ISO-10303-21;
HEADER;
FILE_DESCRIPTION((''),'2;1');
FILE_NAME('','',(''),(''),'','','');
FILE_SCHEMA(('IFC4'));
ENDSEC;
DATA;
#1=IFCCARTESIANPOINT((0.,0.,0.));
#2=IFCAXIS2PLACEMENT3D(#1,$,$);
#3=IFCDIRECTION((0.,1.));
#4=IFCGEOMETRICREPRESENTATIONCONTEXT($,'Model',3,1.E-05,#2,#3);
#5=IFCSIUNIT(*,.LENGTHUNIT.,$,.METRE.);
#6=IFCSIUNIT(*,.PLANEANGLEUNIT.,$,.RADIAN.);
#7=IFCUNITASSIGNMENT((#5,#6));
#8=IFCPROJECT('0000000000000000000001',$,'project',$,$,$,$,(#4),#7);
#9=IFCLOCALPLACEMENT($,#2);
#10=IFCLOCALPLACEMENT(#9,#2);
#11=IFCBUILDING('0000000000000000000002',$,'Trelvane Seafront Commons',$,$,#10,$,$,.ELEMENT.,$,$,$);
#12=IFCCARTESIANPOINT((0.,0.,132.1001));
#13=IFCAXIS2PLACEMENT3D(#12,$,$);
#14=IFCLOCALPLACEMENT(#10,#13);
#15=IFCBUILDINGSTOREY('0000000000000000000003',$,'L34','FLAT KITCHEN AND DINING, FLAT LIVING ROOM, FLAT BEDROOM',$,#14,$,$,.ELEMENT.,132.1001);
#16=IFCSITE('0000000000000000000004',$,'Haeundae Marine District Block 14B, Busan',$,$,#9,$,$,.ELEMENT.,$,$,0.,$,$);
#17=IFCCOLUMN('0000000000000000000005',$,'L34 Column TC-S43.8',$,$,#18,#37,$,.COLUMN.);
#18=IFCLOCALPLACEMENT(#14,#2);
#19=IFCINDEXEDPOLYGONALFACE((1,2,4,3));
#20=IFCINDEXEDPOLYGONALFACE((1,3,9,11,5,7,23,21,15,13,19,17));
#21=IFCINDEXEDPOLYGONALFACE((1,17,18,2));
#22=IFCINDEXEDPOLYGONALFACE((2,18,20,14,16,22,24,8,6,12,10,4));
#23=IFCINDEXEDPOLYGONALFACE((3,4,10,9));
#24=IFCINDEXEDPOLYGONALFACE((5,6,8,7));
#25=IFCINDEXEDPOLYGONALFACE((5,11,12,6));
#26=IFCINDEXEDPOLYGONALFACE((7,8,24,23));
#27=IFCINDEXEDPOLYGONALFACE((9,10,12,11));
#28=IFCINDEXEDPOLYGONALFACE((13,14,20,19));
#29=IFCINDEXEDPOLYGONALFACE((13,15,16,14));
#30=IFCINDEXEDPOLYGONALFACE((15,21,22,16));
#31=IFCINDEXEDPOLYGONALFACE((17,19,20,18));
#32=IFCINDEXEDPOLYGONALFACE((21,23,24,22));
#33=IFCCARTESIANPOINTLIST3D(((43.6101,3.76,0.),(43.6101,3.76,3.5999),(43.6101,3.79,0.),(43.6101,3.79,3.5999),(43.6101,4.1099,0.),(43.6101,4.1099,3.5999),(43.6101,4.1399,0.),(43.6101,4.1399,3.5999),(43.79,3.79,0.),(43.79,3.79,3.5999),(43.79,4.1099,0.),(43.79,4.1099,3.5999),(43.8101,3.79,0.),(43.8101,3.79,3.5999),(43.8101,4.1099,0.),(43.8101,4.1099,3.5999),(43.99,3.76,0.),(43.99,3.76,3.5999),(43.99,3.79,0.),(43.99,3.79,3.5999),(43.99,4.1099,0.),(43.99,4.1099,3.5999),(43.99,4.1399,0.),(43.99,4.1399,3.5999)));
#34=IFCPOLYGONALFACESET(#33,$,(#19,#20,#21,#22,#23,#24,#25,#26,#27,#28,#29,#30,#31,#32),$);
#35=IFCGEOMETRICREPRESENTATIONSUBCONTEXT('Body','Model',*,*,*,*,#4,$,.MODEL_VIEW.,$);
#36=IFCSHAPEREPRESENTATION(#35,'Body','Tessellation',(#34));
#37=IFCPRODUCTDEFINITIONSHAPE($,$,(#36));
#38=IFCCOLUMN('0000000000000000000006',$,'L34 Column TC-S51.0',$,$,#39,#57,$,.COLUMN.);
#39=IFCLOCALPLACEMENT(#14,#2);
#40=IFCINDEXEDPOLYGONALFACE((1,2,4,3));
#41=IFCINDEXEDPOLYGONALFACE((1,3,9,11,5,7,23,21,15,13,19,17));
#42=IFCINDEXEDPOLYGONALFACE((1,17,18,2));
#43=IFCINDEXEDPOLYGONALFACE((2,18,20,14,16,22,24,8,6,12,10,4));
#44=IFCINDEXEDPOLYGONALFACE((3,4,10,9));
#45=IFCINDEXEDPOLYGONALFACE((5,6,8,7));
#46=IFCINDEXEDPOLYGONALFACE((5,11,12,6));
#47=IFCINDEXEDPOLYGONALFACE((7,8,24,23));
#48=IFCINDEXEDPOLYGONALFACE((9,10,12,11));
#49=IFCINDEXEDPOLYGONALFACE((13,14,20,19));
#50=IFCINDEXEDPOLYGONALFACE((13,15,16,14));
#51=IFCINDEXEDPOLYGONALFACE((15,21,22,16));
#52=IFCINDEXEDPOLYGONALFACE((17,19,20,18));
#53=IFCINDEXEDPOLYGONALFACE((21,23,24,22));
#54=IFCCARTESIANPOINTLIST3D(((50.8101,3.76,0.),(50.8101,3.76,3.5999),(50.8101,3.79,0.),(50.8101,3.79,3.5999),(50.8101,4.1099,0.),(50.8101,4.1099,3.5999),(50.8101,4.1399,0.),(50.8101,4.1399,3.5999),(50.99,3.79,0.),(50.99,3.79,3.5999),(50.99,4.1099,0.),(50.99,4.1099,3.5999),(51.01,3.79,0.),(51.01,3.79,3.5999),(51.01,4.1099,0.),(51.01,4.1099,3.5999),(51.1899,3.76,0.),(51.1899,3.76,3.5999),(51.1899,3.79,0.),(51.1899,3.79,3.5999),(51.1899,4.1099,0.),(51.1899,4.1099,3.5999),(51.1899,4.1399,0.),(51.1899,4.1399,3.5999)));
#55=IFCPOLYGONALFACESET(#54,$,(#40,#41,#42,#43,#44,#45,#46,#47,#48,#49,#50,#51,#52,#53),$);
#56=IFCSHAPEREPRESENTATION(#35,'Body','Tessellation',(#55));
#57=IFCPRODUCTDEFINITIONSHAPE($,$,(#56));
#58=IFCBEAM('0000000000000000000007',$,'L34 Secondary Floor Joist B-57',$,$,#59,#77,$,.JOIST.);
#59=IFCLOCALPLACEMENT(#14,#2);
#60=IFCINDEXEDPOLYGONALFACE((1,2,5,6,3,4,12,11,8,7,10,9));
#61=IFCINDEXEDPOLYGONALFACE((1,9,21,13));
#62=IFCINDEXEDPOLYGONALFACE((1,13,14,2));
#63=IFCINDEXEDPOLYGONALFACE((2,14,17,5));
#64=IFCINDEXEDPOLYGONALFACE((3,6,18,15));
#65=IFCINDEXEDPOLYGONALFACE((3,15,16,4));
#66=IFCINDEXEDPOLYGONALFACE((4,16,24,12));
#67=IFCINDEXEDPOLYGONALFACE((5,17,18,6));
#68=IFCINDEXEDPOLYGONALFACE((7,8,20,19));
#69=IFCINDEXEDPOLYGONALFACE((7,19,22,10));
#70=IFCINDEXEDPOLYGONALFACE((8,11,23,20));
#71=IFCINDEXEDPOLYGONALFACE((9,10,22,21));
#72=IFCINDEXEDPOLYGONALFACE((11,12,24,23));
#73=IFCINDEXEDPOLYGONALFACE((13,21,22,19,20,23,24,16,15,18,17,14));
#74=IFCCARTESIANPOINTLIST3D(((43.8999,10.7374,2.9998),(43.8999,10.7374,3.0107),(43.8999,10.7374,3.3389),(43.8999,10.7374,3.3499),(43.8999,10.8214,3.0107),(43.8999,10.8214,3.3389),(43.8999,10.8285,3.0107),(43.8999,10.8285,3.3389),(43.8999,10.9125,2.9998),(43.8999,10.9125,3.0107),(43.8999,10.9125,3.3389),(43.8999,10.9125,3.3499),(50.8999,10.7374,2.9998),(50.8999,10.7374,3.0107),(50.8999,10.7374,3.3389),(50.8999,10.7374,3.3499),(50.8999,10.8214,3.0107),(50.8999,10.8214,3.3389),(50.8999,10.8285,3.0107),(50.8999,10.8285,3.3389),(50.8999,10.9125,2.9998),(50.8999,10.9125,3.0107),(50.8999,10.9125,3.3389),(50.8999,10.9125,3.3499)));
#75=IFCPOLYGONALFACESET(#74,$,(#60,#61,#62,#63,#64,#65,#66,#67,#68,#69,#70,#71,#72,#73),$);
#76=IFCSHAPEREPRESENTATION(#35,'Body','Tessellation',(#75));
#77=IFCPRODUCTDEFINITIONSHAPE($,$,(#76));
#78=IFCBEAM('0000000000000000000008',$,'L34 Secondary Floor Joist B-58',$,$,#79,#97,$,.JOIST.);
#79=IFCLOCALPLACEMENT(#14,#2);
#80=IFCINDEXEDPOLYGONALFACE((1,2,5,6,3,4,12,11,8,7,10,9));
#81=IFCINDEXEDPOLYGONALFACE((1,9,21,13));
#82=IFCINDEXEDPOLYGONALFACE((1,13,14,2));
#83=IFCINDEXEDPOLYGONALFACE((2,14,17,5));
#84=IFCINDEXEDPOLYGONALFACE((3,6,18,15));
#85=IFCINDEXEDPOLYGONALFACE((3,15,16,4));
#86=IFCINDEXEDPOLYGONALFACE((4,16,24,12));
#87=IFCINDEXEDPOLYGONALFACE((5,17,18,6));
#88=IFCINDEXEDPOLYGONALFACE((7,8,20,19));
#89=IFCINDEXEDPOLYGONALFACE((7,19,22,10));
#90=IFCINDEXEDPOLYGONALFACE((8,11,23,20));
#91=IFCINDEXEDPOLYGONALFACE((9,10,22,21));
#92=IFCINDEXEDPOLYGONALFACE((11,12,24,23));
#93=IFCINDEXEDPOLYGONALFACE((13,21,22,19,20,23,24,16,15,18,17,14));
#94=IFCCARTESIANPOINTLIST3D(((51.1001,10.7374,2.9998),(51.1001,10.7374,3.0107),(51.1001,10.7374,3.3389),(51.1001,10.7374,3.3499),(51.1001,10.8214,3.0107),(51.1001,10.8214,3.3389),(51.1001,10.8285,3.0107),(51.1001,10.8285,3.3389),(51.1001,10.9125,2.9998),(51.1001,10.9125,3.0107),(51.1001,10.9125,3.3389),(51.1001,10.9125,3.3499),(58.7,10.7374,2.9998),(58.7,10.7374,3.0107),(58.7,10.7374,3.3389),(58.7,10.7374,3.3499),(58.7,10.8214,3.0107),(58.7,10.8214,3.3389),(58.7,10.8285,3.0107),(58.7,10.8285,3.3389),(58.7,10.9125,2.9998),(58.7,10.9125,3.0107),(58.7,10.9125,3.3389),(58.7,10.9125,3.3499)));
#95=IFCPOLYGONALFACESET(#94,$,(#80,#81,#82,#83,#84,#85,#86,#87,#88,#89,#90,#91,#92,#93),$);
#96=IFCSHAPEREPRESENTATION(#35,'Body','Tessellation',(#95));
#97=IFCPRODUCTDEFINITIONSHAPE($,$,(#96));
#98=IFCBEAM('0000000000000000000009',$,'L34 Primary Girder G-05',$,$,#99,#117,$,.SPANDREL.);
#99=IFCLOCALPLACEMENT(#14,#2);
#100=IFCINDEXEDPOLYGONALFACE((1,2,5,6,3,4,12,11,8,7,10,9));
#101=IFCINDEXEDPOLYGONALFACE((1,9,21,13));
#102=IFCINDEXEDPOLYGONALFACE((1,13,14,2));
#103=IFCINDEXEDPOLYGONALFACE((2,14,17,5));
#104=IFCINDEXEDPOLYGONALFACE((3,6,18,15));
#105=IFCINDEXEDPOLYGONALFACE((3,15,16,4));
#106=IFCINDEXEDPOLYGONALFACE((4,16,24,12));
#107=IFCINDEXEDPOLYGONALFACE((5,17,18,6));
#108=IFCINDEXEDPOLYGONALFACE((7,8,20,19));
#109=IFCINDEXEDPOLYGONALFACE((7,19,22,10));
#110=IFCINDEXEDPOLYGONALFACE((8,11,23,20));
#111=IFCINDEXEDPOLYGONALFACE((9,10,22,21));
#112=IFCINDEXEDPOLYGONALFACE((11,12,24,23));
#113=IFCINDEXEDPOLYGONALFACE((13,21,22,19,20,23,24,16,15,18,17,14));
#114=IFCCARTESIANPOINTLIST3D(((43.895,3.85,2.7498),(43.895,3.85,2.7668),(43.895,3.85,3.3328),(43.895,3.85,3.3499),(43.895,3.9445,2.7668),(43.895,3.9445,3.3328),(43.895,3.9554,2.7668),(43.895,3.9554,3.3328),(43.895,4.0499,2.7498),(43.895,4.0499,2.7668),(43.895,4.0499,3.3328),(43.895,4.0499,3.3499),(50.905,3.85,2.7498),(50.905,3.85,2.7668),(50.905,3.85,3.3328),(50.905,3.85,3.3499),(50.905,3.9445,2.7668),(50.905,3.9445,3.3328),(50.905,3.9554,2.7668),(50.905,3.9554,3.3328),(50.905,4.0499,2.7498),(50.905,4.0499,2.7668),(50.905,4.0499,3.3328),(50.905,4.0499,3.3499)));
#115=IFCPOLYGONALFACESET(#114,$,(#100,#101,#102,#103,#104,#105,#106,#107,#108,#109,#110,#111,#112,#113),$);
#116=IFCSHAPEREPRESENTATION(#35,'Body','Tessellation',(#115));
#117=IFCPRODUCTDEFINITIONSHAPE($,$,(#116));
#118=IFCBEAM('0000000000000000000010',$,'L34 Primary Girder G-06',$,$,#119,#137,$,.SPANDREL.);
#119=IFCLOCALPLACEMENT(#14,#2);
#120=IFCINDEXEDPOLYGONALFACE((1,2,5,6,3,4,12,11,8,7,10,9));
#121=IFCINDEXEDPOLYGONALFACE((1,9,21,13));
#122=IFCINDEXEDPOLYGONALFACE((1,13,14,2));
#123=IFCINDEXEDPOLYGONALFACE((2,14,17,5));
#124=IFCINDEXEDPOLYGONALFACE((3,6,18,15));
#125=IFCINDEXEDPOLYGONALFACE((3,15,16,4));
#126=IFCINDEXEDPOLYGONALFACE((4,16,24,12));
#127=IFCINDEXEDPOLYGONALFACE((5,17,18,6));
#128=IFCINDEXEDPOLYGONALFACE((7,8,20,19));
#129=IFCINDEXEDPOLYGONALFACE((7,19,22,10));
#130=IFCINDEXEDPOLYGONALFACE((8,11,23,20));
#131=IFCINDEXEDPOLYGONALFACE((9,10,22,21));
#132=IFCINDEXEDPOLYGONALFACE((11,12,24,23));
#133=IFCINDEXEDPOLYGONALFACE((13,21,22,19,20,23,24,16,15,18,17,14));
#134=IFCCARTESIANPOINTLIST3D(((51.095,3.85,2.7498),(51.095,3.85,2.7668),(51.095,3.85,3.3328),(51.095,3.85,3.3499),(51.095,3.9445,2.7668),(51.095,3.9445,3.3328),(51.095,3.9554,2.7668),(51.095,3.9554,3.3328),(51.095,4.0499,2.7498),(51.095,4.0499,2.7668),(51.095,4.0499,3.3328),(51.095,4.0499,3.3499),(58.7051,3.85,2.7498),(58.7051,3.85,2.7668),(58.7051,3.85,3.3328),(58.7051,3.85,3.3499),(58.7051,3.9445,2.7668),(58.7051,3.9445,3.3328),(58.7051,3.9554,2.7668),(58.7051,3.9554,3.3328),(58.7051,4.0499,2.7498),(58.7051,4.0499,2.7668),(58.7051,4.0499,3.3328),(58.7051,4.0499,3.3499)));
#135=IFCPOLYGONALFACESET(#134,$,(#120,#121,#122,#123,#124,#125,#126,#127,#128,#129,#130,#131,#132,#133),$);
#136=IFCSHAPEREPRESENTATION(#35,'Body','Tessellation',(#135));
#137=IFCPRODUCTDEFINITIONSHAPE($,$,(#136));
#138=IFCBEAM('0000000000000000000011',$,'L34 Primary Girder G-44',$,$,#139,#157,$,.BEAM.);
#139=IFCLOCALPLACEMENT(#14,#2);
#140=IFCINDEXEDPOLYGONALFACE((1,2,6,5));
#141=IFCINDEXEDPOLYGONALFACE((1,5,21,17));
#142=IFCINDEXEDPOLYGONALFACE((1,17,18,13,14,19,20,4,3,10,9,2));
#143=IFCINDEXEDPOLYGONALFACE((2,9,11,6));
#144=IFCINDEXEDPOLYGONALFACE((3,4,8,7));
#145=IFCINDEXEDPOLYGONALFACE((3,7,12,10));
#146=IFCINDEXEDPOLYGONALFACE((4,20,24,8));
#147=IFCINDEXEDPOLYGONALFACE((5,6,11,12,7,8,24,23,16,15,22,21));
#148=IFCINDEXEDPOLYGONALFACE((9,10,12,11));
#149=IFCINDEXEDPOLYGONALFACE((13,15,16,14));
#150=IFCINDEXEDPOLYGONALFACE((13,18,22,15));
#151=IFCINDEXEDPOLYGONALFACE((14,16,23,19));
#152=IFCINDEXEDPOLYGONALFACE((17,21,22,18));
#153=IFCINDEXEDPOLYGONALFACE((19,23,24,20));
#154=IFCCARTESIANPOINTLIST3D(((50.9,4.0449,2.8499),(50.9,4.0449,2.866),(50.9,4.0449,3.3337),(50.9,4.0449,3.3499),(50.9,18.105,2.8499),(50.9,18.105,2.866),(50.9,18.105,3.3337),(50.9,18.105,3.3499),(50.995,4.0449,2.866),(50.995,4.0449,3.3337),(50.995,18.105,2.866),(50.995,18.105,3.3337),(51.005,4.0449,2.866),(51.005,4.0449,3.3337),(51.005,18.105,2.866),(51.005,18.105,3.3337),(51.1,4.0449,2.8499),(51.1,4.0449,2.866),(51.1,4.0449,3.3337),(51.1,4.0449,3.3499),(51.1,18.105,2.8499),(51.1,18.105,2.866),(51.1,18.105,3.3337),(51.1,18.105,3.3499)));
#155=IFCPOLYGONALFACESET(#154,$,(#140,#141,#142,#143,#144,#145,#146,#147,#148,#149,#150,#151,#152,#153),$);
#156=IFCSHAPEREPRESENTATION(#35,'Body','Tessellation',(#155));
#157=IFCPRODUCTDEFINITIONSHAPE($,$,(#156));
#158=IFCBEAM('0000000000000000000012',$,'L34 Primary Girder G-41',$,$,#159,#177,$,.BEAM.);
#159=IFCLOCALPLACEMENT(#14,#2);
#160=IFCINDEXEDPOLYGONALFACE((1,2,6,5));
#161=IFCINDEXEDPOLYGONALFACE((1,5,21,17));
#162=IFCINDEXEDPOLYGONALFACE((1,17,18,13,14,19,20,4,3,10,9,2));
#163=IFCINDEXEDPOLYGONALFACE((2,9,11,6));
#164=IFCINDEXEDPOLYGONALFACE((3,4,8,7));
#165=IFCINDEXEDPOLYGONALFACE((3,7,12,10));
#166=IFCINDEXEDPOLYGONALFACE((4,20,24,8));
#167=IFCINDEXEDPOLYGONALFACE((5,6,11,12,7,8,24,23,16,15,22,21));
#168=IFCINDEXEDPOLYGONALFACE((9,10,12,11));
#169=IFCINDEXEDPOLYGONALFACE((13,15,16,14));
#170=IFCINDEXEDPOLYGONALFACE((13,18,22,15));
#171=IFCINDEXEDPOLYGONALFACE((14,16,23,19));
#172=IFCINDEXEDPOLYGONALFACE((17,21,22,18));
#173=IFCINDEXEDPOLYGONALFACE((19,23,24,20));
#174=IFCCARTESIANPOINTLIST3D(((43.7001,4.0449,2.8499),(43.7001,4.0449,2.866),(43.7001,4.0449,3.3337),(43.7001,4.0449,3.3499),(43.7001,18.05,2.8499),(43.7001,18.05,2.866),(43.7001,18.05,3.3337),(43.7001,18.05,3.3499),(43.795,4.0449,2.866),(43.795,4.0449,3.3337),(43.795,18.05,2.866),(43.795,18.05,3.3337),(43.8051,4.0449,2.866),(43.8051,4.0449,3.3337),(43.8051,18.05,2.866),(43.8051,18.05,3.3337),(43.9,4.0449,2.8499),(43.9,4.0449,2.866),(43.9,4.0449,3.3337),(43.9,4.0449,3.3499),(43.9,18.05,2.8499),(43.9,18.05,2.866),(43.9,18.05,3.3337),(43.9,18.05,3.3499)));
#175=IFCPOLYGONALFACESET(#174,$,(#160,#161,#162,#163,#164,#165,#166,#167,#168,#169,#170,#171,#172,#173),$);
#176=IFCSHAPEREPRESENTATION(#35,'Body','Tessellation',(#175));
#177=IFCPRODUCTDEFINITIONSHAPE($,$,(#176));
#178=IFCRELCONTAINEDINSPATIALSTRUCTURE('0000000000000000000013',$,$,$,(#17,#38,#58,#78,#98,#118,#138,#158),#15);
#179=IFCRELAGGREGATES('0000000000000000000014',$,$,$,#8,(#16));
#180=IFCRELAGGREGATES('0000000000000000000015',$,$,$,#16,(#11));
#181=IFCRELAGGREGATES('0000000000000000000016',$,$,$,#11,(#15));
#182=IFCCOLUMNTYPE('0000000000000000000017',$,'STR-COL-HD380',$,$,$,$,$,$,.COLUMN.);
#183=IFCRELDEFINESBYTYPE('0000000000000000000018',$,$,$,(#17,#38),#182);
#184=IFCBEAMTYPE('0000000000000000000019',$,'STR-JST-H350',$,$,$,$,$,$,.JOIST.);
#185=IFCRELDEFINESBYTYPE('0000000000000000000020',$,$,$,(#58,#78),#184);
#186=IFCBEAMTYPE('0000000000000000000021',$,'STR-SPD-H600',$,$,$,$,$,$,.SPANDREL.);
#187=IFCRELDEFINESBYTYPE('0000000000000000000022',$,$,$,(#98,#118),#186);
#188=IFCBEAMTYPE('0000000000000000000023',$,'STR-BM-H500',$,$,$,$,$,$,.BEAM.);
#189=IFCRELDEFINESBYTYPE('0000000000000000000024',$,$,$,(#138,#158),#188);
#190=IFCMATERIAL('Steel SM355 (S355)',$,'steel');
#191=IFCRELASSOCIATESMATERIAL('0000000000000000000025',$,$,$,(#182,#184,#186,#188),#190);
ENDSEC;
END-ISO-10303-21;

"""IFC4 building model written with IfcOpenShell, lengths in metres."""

from ifc_helpers import new_model, si_unit, direction, frame, origin, origin_2d, place, context, subcontext, project, spatial, i_section, extrude, source, transform, mapped, material, material_profile, profile_set, type_object, element, save


model = new_model("IFC4")

# Units and contexts
model_context = context("Model", 3, precision=1e-05, world=origin(), true_north=direction((0.0, 1.0)))
body_context = subcontext(model_context, "Body", "Model", "MODEL_VIEW")
ifc_project = project(units=[si_unit("LENGTHUNIT", "METRE"), si_unit("PLANEANGLEUNIT", "RADIAN")], contexts=[model_context])

# Site, building, storey
site_placement = place(None, origin())
site = spatial("IfcSite", under=ifc_project, at=site_placement, Name="Haeundae Marine District Block 14B, Busan", CompositionType="ELEMENT", RefElevation=0.0)
building_placement = place(site_placement, origin())
building = spatial("IfcBuilding", under=site, at=building_placement, Name="Trelvane Seafront Commons", CompositionType="ELEMENT")
storey_placement = place(building_placement, frame((0.0, 0.0, 132.1001)))
storey = spatial("IfcBuildingStorey", under=building, at=storey_placement, Name="L34", Description="FLAT KITCHEN AND DINING, FLAT LIVING ROOM, FLAT BEDROOM", CompositionType="ELEMENT", Elevation=132.1001)

# Columns
ifc_material_1 = material(Name="Steel SM355 (S355)", Category="steel")
ifc_material_profile_1 = material_profile(ifc_material_1, i_section(OverallWidth=0.3799, OverallDepth=0.3799, WebThickness=0.02, FlangeThickness=0.03, at=origin_2d()), Name="HD-380x380x20x30")
ifc_profile_set_1 = profile_set([ifc_material_profile_1], Name="Steel SM355 (S355)")
column_type = type_object("IfcColumnType", Name="STR-COL-HD380", PredefinedType="COLUMN", material=ifc_profile_set_1)
shared_shape_1 = source(origin(), body_context, "Body", "SweptSolid", [
    extrude(i_section(OverallWidth=0.3799, OverallDepth=0.3799, WebThickness=0.02, FlangeThickness=0.03, at=origin_2d()), origin(), (0.0, 0.0, 1.0), 3.5999),
])
for number, where, z_axis, x_axis, name in (
    (1, (43.8, 3.95, 0.0), (0.0, 0.0, 1.0), (1.0, 0.0, 0.0), "L34 Column TC-S43.8"),
    (2, (51.0, 3.95, 0.0), (0.0, 0.0, 1.0), (1.0, 0.0, 0.0), "L34 Column TC-S51.0"),
):
    element("IfcColumn", number, at=place(storey_placement, frame(where, z_axis=z_axis, x_axis=x_axis)), inside=storey, type_object=column_type, Name=name, PredefinedType="COLUMN", context=body_context, shape_type="MappedRepresentation", body=[
        mapped(shared_shape_1, transform((0.0, 0.0, 0.0), x_axis=(1.0, 0.0, 0.0), y_axis=(0.0, 1.0, 0.0), z_axis=(0.0, 0.0, 1.0), scale=1.0)),
    ])

# Beams
ifc_material_profile_2 = material_profile(ifc_material_1, i_section(OverallWidth=0.175, OverallDepth=0.3501, WebThickness=0.0071, FlangeThickness=0.011, at=origin_2d()), Name="H-350x175x7x11")
ifc_profile_set_2 = profile_set([ifc_material_profile_2], Name="Steel SM355 (S355)")
beam_type_1 = type_object("IfcBeamType", Name="STR-JST-H350", PredefinedType="JOIST", material=ifc_profile_set_2)
shared_shape_2 = source(origin(), body_context, "Body", "SweptSolid", [
    extrude(i_section(OverallWidth=0.175, OverallDepth=0.3501, WebThickness=0.0071, FlangeThickness=0.011, at=origin_2d()), origin(), (0.0, 0.0, 1.0), 7.0),
])
beam_1_placement = place(storey_placement, frame((43.8999, 10.825, 3.1748), z_axis=(1.0, 0.0, 0.0), x_axis=(0.0, 1.0, 0.0)))
element("IfcBeam", 3, at=beam_1_placement, inside=storey, type_object=beam_type_1, Name="L34 Secondary Floor Joist B-57", PredefinedType="JOIST", context=body_context, shape_type="MappedRepresentation", body=[
    mapped(shared_shape_2, transform((0.0, 0.0, 0.0), x_axis=(1.0, 0.0, 0.0), y_axis=(0.0, 1.0, 0.0), z_axis=(0.0, 0.0, 1.0), scale=1.0)),
])
shared_shape_3 = source(origin(), body_context, "Body", "SweptSolid", [
    extrude(i_section(OverallWidth=0.175, OverallDepth=0.3501, WebThickness=0.0071, FlangeThickness=0.011, at=origin_2d()), origin(), (0.0, 0.0, 1.0), 7.5999),
])
beam_2_placement = place(storey_placement, frame((51.1001, 10.825, 3.1748), z_axis=(1.0, 0.0, 0.0), x_axis=(0.0, 1.0, 0.0)))
element("IfcBeam", 4, at=beam_2_placement, inside=storey, type_object=beam_type_1, Name="L34 Secondary Floor Joist B-58", PredefinedType="JOIST", context=body_context, shape_type="MappedRepresentation", body=[
    mapped(shared_shape_3, transform((0.0, 0.0, 0.0), x_axis=(1.0, 0.0, 0.0), y_axis=(0.0, 1.0, 0.0), z_axis=(0.0, 0.0, 1.0), scale=1.0)),
])
ifc_material_profile_3 = material_profile(ifc_material_1, i_section(OverallWidth=0.2, OverallDepth=0.6001, WebThickness=0.011, FlangeThickness=0.0171, at=origin_2d()), Name="H-600x200x11x17")
ifc_profile_set_3 = profile_set([ifc_material_profile_3], Name="Steel SM355 (S355)")
beam_type_2 = type_object("IfcBeamType", Name="STR-SPD-H600", PredefinedType="SPANDREL", material=ifc_profile_set_3)
shared_shape_4 = source(origin(), body_context, "Body", "SweptSolid", [
    extrude(i_section(OverallWidth=0.2, OverallDepth=0.6001, WebThickness=0.011, FlangeThickness=0.0171, at=origin_2d()), origin(), (0.0, 0.0, 1.0), 7.01),
])
beam_3_placement = place(storey_placement, frame((43.895, 3.95, 3.0498), z_axis=(1.0, 0.0, 0.0), x_axis=(0.0, 1.0, 0.0)))
element("IfcBeam", 5, at=beam_3_placement, inside=storey, type_object=beam_type_2, Name="L34 Primary Girder G-05", PredefinedType="SPANDREL", context=body_context, shape_type="MappedRepresentation", body=[
    mapped(shared_shape_4, transform((0.0, 0.0, 0.0), x_axis=(1.0, 0.0, 0.0), y_axis=(0.0, 1.0, 0.0), z_axis=(0.0, 0.0, 1.0), scale=1.0)),
])
shared_shape_5 = source(origin(), body_context, "Body", "SweptSolid", [
    extrude(i_section(OverallWidth=0.2, OverallDepth=0.6001, WebThickness=0.011, FlangeThickness=0.0171, at=origin_2d()), origin(), (0.0, 0.0, 1.0), 7.6101),
])
beam_4_placement = place(storey_placement, frame((51.095, 3.95, 3.0498), z_axis=(1.0, 0.0, 0.0), x_axis=(0.0, 1.0, 0.0)))
element("IfcBeam", 6, at=beam_4_placement, inside=storey, type_object=beam_type_2, Name="L34 Primary Girder G-06", PredefinedType="SPANDREL", context=body_context, shape_type="MappedRepresentation", body=[
    mapped(shared_shape_5, transform((0.0, 0.0, 0.0), x_axis=(1.0, 0.0, 0.0), y_axis=(0.0, 1.0, 0.0), z_axis=(0.0, 0.0, 1.0), scale=1.0)),
])
ifc_material_profile_4 = material_profile(ifc_material_1, i_section(OverallWidth=0.2, OverallDepth=0.5, WebThickness=0.01, FlangeThickness=0.0161, at=origin_2d()), Name="H-500x200x10x16")
ifc_profile_set_4 = profile_set([ifc_material_profile_4], Name="Steel SM355 (S355)")
beam_type_3 = type_object("IfcBeamType", Name="STR-BM-H500", PredefinedType="BEAM", material=ifc_profile_set_4)
shared_shape_6 = source(origin(), body_context, "Body", "SweptSolid", [
    extrude(i_section(OverallWidth=0.2, OverallDepth=0.5, WebThickness=0.01, FlangeThickness=0.0161, at=origin_2d()), origin(), (0.0, 0.0, 1.0), 14.0601),
])
beam_5_placement = place(storey_placement, frame((51.0, 4.0449, 3.0999), z_axis=(0.0, 1.0, 0.0), x_axis=(-1.0, 0.0, 0.0)))
element("IfcBeam", 7, at=beam_5_placement, inside=storey, type_object=beam_type_3, Name="L34 Primary Girder G-44", PredefinedType="BEAM", context=body_context, shape_type="MappedRepresentation", body=[
    mapped(shared_shape_6, transform((0.0, 0.0, 0.0), x_axis=(1.0, 0.0, 0.0), y_axis=(0.0, 1.0, 0.0), z_axis=(0.0, 0.0, 1.0), scale=1.0)),
])
shared_shape_7 = source(origin(), body_context, "Body", "SweptSolid", [
    extrude(i_section(OverallWidth=0.2, OverallDepth=0.5, WebThickness=0.01, FlangeThickness=0.0161, at=origin_2d()), origin(), (0.0, 0.0, 1.0), 14.0051),
])
beam_6_placement = place(storey_placement, frame((43.8, 4.0449, 3.0999), z_axis=(0.0, 1.0, 0.0), x_axis=(-1.0, 0.0, 0.0)))
element("IfcBeam", 8, at=beam_6_placement, inside=storey, type_object=beam_type_3, Name="L34 Primary Girder G-41", PredefinedType="BEAM", context=body_context, shape_type="MappedRepresentation", body=[
    mapped(shared_shape_7, transform((0.0, 0.0, 0.0), x_axis=(1.0, 0.0, 0.0), y_axis=(0.0, 1.0, 0.0), z_axis=(0.0, 0.0, 1.0), scale=1.0)),
])

save(model, "model.ifc")
